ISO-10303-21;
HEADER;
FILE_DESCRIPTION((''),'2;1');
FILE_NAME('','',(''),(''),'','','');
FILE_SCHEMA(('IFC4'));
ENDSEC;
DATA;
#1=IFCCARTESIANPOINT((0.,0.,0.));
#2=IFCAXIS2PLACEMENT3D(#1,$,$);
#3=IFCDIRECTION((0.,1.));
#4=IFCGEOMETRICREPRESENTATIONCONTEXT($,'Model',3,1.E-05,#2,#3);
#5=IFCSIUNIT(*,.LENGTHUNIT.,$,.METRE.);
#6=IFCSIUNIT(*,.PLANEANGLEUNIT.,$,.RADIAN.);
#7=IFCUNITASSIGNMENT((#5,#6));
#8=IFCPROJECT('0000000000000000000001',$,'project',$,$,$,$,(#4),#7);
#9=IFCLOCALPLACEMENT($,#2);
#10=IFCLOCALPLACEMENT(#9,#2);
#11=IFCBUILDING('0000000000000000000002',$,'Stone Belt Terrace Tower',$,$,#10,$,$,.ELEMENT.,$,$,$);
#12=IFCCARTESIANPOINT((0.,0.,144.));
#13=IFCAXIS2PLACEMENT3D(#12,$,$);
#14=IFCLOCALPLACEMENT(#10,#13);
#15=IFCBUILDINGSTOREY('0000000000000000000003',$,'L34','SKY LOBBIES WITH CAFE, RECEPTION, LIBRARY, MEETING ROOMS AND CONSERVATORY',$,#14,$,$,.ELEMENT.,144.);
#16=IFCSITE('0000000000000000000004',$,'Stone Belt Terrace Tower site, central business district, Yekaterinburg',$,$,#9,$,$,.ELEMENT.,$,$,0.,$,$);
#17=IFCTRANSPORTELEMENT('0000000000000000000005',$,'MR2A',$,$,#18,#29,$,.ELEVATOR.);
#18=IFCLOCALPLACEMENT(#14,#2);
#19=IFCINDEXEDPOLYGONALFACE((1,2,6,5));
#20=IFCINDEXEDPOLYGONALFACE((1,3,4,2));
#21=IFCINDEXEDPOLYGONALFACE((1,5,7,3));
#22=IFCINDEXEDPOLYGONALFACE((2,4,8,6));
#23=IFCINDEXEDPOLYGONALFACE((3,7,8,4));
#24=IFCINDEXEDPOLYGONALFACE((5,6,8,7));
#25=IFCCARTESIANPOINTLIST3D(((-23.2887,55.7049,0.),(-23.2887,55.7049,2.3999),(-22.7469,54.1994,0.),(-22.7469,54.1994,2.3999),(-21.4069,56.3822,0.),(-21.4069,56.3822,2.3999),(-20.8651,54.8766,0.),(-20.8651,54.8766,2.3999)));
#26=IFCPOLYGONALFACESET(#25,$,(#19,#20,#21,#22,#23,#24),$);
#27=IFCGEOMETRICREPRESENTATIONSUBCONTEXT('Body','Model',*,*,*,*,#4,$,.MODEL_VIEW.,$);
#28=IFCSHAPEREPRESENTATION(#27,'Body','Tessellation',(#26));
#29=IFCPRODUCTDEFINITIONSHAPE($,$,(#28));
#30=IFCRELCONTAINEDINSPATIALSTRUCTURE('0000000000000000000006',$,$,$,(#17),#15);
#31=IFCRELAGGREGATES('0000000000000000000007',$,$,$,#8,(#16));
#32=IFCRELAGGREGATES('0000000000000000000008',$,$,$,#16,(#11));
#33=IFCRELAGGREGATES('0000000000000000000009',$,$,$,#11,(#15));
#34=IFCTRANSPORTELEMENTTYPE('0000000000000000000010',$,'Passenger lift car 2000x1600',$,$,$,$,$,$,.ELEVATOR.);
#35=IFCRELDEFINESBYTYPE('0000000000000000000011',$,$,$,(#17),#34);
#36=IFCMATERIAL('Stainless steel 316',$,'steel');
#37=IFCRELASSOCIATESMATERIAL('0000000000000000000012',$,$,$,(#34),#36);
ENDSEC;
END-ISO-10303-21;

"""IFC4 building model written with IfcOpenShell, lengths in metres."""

from ifc_helpers import new_model, si_unit, direction, frame, origin, origin_2d, place, context, subcontext, project, spatial, rectangle, extrude, material, type_object, element, save


model = new_model("IFC4")

# Units and contexts
model_context = context("Model", 3, precision=1e-05, world=origin(), true_north=direction((0.0, 1.0)))
body_context = subcontext(model_context, "Body", "Model", "MODEL_VIEW")
ifc_project = project(units=[si_unit("LENGTHUNIT", "METRE"), si_unit("PLANEANGLEUNIT", "RADIAN")], contexts=[model_context])

# Site, building, storey
site_placement = place(None, origin())
site = spatial("IfcSite", under=ifc_project, at=site_placement, Name="Stone Belt Terrace Tower site, central business district, Yekaterinburg", CompositionType="ELEMENT", RefElevation=0.0)
building_placement = place(site_placement, origin())
building = spatial("IfcBuilding", under=site, at=building_placement, Name="Stone Belt Terrace Tower", CompositionType="ELEMENT")
storey_placement = place(building_placement, frame((0.0, 0.0, 144.0)))
storey = spatial("IfcBuildingStorey", under=building, at=storey_placement, Name="L34", Description="SKY LOBBIES WITH CAFE, RECEPTION, LIBRARY, MEETING ROOMS AND CONSERVATORY", CompositionType="ELEMENT", Elevation=144.0)

# Transport element
ifc_material_1 = material(Name="Stainless steel 316", Category="steel")
transport_element_type = type_object("IfcTransportElementType", Name="Passenger lift car 2000x1600", PredefinedType="ELEVATOR", material=ifc_material_1)
for number, where, z_axis, x_axis, name in (
    (1, (-22.0769, 55.2908, 0.0), (0.0, 0.0, 1.0), (0.940922, 0.338625, 0.0), "MR2A"),
):
    element("IfcTransportElement", number, at=place(storey_placement, frame(where, z_axis=z_axis, x_axis=x_axis)), inside=storey, type_object=transport_element_type, Name=name, PredefinedType="ELEVATOR", context=body_context, shape_type="SweptSolid", body=[
        extrude(rectangle(XDim=2.0, YDim=1.6001, at=origin_2d()), origin(), (0.0, 0.0, 1.0), 2.3999),
    ])

save(model, "model.ifc")
